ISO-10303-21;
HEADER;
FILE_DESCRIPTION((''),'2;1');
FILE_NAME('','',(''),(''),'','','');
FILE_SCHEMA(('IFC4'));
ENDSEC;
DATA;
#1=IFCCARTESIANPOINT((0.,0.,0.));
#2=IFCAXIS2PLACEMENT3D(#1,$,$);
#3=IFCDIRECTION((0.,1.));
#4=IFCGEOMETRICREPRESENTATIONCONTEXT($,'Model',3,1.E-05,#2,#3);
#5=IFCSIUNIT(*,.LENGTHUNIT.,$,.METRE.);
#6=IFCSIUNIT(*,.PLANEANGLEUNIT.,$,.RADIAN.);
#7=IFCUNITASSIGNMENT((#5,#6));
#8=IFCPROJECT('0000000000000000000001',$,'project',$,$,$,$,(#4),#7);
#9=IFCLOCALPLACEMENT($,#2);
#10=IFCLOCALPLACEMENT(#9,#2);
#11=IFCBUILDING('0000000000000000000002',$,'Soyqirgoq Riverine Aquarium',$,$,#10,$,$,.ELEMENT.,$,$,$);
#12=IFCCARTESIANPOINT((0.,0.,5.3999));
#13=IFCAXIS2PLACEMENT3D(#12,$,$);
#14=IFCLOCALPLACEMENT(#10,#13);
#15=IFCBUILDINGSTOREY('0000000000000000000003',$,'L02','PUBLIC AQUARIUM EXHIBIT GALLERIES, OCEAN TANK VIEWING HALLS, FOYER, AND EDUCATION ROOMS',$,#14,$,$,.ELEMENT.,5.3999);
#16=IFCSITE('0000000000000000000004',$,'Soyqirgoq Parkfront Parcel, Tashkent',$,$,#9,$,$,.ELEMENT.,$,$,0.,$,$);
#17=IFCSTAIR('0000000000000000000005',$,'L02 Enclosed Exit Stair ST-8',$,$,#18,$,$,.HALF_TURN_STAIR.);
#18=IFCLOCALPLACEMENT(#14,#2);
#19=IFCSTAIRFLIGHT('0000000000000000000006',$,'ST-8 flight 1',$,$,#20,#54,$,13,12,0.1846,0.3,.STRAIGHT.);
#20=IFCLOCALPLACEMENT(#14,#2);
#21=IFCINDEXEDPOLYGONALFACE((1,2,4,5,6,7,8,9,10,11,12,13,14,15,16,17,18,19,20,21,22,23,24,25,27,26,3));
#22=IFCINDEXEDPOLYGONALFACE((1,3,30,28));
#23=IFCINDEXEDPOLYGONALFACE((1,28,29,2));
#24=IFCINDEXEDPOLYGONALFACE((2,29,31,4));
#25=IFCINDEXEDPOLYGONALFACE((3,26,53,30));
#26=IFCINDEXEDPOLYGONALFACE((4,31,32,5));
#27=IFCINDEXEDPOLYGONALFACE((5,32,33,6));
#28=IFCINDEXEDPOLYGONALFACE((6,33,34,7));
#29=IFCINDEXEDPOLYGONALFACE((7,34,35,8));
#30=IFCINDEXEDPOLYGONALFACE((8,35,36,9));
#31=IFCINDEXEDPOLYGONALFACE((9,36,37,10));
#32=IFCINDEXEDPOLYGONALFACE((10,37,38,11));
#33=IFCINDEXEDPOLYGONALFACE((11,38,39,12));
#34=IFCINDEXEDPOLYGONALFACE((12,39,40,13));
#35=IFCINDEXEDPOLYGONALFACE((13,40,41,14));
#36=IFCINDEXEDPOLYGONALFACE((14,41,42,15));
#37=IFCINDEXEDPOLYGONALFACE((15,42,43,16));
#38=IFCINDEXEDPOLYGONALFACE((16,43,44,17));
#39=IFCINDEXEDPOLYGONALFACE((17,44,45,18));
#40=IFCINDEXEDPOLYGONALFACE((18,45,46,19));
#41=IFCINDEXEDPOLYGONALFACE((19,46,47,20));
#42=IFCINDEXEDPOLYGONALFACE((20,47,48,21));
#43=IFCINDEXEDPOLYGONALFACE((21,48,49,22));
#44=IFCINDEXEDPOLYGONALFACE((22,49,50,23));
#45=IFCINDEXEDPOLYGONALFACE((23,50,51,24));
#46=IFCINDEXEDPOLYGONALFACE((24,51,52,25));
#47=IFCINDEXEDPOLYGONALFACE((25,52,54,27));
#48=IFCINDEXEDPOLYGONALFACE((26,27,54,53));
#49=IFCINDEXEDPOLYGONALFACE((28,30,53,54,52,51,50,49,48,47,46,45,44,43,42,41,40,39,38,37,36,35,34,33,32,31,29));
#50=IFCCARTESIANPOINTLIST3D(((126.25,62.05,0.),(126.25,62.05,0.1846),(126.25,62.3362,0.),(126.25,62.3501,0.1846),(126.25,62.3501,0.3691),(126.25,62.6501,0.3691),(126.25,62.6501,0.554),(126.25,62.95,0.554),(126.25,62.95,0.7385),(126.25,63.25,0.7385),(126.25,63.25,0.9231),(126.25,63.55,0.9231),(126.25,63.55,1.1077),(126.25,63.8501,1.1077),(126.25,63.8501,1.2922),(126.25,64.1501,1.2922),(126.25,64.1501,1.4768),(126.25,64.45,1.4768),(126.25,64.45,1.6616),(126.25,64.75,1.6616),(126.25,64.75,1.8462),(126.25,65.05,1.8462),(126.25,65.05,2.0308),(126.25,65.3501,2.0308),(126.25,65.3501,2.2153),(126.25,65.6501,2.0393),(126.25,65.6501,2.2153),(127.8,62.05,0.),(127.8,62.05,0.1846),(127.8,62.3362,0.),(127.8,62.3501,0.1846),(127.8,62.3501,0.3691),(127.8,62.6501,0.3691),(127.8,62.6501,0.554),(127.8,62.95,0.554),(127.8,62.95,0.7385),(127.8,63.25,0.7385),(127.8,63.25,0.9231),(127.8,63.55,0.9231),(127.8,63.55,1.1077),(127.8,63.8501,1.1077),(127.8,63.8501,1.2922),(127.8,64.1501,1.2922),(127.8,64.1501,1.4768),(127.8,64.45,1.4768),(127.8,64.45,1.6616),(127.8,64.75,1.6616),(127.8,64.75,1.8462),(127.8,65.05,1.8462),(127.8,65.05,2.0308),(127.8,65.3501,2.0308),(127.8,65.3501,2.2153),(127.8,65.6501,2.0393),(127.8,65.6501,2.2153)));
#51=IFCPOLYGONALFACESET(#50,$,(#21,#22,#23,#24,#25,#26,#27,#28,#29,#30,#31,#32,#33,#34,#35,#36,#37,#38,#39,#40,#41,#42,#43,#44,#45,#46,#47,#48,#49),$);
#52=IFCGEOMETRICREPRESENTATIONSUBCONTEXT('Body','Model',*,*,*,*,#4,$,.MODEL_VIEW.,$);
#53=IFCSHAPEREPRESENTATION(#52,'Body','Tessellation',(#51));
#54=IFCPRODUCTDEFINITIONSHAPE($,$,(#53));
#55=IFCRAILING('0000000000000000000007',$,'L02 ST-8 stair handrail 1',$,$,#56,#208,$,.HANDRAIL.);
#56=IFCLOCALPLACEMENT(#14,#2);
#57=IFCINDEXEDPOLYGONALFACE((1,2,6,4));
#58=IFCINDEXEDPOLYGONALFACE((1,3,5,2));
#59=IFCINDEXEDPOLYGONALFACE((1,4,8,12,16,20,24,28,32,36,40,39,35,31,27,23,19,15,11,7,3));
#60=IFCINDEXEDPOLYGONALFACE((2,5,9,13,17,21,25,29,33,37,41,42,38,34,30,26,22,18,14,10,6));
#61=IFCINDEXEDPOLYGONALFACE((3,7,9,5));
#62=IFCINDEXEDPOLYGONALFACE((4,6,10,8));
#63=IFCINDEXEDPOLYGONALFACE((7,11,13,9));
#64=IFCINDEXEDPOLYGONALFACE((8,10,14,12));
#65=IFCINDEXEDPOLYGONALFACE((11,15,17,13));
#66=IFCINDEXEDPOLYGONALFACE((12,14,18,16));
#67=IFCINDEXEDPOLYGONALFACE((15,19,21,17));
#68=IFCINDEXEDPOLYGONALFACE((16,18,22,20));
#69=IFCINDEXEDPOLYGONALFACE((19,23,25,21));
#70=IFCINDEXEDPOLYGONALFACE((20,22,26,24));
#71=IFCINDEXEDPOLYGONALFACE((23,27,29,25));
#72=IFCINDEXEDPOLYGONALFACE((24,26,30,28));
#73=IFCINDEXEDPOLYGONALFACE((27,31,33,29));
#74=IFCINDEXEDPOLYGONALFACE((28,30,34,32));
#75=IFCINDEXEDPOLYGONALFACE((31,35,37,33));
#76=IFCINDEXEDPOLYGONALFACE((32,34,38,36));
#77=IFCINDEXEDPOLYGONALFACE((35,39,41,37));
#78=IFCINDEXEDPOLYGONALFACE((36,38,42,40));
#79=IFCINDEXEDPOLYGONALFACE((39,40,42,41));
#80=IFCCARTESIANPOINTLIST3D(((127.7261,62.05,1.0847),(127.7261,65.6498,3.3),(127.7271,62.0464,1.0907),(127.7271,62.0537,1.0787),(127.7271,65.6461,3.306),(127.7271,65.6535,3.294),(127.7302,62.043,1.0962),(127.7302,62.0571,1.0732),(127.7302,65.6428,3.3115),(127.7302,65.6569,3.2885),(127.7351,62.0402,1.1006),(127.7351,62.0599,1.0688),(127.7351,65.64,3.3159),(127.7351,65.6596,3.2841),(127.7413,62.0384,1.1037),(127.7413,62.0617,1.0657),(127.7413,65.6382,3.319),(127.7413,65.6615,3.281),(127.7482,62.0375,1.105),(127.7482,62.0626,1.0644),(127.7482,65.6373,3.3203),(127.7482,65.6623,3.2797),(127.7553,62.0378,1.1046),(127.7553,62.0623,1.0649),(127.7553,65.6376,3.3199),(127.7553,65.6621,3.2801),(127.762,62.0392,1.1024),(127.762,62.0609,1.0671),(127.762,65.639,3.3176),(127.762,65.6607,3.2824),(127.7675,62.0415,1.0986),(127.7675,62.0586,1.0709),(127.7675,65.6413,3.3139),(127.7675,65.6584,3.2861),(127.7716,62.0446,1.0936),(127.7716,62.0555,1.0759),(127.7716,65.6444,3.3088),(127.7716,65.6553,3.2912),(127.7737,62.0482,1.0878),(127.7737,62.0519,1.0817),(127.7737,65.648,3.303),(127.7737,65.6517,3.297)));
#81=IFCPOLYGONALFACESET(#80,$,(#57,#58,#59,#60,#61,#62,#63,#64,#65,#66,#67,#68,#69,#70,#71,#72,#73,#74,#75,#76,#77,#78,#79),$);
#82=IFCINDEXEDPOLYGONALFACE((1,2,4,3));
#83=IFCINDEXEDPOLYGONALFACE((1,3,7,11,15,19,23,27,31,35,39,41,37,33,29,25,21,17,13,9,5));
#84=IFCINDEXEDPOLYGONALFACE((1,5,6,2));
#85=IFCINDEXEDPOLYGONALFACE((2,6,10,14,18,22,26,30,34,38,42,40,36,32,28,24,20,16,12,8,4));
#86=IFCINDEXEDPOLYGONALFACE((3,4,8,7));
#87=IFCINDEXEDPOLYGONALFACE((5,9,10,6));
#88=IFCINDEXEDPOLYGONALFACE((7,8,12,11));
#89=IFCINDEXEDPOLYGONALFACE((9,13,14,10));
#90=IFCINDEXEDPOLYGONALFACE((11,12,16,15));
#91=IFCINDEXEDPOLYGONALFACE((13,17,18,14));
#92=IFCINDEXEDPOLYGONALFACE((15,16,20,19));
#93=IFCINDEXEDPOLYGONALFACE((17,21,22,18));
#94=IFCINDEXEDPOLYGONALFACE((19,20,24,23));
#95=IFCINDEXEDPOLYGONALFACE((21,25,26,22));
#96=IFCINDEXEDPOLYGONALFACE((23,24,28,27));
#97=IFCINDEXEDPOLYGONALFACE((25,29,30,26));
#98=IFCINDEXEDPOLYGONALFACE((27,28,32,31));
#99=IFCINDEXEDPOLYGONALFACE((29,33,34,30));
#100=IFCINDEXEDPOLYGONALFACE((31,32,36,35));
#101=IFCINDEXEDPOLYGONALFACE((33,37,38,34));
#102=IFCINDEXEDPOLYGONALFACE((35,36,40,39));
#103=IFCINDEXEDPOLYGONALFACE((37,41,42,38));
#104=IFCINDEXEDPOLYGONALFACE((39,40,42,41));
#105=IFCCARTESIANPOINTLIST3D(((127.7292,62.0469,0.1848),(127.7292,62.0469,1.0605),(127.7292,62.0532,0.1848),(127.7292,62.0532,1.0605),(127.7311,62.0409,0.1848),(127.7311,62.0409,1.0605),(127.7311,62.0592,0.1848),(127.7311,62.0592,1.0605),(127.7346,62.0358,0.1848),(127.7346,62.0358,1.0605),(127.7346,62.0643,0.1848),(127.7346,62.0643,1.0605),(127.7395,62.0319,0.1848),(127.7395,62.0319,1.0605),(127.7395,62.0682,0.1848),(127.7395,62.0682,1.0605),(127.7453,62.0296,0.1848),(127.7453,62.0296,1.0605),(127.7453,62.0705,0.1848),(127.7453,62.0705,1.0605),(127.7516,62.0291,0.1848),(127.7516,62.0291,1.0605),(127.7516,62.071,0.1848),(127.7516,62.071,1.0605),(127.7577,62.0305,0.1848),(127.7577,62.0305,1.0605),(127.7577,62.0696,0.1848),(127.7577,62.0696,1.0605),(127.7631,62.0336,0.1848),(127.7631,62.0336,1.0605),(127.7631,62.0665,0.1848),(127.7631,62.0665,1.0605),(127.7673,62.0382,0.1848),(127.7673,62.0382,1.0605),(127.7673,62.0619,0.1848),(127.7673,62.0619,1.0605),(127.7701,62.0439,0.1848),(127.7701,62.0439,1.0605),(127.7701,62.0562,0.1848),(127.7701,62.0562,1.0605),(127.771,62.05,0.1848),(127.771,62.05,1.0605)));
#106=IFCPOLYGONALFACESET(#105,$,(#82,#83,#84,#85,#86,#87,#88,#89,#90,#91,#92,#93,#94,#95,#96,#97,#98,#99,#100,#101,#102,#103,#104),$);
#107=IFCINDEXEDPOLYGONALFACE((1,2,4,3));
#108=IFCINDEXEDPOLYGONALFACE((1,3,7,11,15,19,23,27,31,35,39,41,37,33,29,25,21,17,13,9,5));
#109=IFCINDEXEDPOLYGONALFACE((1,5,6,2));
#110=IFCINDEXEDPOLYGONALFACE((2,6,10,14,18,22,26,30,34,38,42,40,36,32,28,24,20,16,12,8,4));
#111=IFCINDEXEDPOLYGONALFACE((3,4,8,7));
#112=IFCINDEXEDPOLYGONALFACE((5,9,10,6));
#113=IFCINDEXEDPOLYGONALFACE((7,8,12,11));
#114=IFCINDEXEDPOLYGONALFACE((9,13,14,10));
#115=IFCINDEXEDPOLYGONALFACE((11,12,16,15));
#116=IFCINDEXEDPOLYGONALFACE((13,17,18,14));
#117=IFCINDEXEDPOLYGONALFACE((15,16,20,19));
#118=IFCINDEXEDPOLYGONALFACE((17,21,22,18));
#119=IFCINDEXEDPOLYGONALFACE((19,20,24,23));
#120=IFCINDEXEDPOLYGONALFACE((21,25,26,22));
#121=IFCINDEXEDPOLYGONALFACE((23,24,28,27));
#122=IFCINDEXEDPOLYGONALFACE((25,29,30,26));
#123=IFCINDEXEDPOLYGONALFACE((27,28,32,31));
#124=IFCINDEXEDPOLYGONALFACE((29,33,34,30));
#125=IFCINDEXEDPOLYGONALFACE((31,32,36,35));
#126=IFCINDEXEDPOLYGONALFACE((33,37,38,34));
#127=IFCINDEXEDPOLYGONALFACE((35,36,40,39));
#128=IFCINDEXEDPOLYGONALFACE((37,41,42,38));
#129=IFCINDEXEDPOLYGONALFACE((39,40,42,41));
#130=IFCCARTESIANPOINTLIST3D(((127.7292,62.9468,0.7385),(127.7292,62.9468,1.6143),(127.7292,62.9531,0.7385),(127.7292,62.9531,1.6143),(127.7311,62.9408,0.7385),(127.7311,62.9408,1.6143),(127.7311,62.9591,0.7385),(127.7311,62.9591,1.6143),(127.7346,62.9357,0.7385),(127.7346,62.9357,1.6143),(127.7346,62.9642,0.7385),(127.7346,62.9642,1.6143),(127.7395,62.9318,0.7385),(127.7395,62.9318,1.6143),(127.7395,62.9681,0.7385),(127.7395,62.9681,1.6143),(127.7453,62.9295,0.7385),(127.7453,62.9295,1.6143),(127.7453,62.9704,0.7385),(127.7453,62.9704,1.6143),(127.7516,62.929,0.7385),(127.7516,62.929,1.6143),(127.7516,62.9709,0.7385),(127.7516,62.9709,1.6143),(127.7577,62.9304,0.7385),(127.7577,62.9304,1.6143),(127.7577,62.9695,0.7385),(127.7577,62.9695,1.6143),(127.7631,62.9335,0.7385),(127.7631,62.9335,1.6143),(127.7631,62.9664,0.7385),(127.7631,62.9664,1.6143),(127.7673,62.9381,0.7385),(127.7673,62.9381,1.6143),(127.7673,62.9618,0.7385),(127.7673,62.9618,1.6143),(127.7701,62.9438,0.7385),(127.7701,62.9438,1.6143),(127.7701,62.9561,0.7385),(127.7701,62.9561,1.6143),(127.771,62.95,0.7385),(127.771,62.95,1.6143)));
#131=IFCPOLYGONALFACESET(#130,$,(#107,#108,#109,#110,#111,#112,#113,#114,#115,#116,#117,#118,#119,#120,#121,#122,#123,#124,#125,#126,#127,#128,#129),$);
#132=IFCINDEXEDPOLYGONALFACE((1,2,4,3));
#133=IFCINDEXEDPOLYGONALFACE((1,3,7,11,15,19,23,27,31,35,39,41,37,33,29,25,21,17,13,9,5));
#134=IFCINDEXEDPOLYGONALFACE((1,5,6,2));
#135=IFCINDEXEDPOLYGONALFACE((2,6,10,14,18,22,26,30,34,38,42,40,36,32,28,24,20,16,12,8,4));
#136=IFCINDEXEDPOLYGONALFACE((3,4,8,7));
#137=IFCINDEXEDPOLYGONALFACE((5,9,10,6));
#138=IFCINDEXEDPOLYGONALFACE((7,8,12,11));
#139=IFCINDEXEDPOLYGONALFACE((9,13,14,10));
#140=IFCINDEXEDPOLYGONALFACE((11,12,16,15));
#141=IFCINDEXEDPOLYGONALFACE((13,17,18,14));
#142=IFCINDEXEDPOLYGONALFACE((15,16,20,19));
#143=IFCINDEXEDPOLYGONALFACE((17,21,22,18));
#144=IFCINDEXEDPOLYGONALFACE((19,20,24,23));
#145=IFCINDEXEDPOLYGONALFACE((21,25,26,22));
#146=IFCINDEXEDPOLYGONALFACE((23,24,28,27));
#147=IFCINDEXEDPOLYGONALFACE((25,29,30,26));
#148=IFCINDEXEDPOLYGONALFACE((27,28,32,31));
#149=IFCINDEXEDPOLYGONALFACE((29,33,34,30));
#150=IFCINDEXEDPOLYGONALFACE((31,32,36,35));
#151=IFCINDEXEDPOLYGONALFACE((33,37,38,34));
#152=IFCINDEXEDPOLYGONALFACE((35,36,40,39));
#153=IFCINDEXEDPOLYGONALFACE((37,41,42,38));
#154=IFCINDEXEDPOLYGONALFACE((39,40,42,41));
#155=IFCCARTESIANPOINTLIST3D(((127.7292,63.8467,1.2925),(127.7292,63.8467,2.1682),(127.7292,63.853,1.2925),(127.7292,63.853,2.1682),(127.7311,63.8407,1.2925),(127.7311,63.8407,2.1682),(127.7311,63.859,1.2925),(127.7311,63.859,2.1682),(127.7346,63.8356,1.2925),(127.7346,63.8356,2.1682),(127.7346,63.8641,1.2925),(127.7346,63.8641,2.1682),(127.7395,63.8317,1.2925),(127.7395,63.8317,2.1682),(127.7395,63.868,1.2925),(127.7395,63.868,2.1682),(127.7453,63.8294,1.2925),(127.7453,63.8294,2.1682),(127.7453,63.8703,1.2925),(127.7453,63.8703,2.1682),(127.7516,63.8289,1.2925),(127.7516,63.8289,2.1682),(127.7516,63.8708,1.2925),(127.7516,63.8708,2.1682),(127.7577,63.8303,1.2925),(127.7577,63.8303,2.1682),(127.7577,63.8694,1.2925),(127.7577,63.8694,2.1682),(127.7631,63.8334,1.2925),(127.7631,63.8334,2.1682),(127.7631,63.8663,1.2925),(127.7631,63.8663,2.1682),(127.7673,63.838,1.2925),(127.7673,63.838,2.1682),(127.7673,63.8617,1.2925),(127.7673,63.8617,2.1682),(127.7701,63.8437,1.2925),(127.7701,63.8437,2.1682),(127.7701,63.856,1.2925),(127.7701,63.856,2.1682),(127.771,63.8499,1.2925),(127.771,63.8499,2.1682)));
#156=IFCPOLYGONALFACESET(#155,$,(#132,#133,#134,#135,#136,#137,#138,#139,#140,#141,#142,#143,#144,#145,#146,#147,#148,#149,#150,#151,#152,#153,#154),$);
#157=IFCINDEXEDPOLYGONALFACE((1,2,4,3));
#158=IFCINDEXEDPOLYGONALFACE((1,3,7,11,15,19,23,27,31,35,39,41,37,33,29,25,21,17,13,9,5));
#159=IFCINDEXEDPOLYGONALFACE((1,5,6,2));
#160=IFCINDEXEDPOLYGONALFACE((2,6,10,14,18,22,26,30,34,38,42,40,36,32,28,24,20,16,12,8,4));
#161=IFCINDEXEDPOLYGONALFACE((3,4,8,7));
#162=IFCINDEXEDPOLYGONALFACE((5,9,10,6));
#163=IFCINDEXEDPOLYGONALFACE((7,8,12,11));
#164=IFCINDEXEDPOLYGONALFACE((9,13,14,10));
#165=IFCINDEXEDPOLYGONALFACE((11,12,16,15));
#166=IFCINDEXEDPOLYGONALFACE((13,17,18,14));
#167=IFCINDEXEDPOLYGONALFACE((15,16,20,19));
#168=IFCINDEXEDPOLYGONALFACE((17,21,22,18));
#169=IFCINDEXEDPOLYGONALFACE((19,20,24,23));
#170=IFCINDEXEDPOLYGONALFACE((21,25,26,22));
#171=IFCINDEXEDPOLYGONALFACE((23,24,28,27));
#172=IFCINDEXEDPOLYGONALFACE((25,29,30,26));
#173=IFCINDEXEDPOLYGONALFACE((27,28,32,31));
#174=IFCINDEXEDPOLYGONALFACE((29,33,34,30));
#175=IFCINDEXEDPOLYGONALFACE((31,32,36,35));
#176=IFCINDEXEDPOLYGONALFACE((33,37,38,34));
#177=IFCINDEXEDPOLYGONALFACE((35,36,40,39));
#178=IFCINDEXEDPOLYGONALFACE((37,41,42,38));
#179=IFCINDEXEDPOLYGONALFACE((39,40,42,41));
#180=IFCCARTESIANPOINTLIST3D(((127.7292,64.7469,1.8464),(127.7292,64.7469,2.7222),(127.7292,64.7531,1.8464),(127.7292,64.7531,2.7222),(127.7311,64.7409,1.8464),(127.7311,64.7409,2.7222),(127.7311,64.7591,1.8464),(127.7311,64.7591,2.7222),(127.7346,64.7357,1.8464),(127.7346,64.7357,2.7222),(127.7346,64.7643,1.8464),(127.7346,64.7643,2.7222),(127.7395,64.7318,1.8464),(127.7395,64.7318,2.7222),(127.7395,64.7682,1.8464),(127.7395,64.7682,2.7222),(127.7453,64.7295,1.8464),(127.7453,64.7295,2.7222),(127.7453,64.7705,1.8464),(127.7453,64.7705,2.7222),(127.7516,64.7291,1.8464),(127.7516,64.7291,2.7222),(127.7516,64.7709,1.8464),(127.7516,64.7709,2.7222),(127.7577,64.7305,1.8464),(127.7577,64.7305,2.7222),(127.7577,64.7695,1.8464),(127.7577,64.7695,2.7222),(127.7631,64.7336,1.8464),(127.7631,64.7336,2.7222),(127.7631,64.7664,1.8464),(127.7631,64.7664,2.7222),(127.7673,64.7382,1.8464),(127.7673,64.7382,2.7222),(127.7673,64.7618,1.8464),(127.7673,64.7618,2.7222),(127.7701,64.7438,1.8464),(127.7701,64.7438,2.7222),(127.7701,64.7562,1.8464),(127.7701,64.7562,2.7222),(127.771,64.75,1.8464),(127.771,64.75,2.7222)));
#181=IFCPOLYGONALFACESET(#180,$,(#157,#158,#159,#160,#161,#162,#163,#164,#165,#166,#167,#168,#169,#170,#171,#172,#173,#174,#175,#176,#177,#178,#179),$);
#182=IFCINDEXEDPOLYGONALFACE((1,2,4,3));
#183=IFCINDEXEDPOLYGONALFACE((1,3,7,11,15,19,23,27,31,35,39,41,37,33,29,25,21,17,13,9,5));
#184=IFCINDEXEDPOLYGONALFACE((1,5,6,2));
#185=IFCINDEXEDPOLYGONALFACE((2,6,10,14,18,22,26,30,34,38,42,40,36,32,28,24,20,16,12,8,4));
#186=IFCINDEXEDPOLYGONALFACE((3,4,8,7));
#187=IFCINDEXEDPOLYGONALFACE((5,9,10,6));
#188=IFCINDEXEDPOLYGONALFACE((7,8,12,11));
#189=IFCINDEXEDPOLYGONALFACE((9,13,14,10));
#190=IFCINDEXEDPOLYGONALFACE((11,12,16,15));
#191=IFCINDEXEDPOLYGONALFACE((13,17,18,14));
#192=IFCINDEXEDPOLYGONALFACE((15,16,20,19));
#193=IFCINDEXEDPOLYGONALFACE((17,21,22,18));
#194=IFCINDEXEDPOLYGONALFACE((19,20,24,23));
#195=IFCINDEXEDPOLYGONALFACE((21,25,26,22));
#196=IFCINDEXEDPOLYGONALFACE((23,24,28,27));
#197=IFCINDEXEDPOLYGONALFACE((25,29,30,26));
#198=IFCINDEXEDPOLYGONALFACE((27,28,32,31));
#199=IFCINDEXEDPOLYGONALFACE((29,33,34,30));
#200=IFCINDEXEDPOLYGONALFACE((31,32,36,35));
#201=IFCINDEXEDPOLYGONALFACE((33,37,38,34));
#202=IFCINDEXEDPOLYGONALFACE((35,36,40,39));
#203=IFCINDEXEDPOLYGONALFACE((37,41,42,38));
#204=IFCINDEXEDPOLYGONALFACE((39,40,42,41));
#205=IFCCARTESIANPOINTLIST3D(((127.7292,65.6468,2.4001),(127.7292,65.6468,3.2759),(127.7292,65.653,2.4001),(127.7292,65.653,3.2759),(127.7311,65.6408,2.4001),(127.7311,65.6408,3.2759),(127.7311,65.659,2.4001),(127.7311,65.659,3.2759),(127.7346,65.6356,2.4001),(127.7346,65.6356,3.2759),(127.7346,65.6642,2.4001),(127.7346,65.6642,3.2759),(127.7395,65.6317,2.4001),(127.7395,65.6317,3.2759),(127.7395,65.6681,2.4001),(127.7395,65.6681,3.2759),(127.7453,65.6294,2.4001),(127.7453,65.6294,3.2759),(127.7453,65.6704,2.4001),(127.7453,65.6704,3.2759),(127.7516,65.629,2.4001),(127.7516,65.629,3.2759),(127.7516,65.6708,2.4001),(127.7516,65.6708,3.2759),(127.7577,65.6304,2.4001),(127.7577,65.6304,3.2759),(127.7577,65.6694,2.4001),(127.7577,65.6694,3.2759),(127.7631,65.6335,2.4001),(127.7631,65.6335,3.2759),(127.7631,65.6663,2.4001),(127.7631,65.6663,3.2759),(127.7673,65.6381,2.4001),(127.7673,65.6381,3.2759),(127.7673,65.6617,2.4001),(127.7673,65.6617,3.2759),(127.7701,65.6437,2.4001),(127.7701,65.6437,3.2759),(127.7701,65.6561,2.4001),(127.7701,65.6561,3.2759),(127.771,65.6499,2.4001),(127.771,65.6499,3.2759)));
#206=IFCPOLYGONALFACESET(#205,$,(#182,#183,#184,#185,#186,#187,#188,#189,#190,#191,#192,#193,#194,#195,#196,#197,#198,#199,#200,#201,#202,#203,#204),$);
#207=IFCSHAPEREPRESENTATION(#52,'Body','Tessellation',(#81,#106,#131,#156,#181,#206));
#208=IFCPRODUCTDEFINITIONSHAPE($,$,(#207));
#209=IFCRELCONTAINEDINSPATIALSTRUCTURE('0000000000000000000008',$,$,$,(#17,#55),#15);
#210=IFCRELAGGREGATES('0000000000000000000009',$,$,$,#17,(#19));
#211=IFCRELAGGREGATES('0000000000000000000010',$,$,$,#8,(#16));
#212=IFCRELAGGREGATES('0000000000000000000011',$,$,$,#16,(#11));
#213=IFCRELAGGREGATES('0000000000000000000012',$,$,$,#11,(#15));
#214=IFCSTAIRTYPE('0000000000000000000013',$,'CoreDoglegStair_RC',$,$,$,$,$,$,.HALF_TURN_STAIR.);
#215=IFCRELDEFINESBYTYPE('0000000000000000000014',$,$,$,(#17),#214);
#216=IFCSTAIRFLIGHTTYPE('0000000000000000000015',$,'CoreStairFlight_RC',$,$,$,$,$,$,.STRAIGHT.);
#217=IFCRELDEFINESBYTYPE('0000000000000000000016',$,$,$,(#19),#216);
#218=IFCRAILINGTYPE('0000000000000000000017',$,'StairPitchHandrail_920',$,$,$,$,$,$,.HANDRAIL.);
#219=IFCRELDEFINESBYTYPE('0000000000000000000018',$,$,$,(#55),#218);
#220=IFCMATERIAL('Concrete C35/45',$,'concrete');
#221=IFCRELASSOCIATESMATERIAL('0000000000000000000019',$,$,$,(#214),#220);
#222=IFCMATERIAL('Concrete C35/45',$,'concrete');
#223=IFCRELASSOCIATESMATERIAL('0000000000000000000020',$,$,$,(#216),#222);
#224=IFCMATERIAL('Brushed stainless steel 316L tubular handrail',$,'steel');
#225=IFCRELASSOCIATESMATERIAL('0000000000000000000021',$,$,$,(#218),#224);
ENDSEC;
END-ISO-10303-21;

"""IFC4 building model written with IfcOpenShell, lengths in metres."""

from ifc_helpers import new_model, si_unit, direction, frame, origin, origin_2d, place, context, subcontext, project, spatial, polyline, circle, outline, extrude, material, type_object, element, aggregate, save


model = new_model("IFC4")

# Units and contexts
model_context = context("Model", 3, precision=1e-05, world=origin(), true_north=direction((0.0, 1.0)))
body_context = subcontext(model_context, "Body", "Model", "MODEL_VIEW")
ifc_project = project(units=[si_unit("LENGTHUNIT", "METRE"), si_unit("PLANEANGLEUNIT", "RADIAN")], contexts=[model_context])

# Site, building, storey
site_placement = place(None, origin())
site = spatial("IfcSite", under=ifc_project, at=site_placement, Name="Soyqirgoq Parkfront Parcel, Tashkent", CompositionType="ELEMENT", RefElevation=0.0)
building_placement = place(site_placement, origin())
building = spatial("IfcBuilding", under=site, at=building_placement, Name="Soyqirgoq Riverine Aquarium", CompositionType="ELEMENT")
storey_placement = place(building_placement, frame((0.0, 0.0, 5.3999)))
storey = spatial("IfcBuildingStorey", under=building, at=storey_placement, Name="L02", Description="PUBLIC AQUARIUM EXHIBIT GALLERIES, OCEAN TANK VIEWING HALLS, FOYER, AND EDUCATION ROOMS", CompositionType="ELEMENT", Elevation=5.3999)

# Stair, stair flight
ifc_material_1 = material(Name="Concrete C35/45", Category="concrete")
stair_type = type_object("IfcStairType", Name="CoreDoglegStair_RC", PredefinedType="HALF_TURN_STAIR", material=ifc_material_1)
stair_placement = place(storey_placement, origin())
stair = element("IfcStair", 1, at=stair_placement, inside=storey, type_object=stair_type, Name="L02 Enclosed Exit Stair ST-8", PredefinedType="HALF_TURN_STAIR")
ifc_material_2 = material(Name="Concrete C35/45", Category="concrete")
stair_flight_type = type_object("IfcStairFlightType", Name="CoreStairFlight_RC", PredefinedType="STRAIGHT", material=ifc_material_2)
stair_flight_placement = place(storey_placement, frame((127.0249, 62.05, 0.0), z_axis=(0.0, 0.0, 1.0), x_axis=(0.0, 1.0, 0.0)))
stair_flight = element("IfcStairFlight", 2, at=stair_flight_placement, type_object=stair_flight_type, Name="ST-8 flight 1", NumberOfRisers=13, NumberOfTreads=12, PredefinedType="STRAIGHT", RiserHeight=0.1846, TreadLength=0.3, context=body_context, shape_type="SweptSolid", body=[
    extrude(outline(polyline([(0.0, 0.0), (0.0, 0.1846), (0.3, 0.1846), (0.3, 0.3691), (0.6001, 0.3691), (0.6001, 0.554), (0.8999, 0.554), (0.8999, 0.7385), (1.2, 0.7385), (1.2, 0.9231), (1.5, 0.9231), (1.5, 1.1077), (1.8, 1.1077), (1.8, 1.2922), (2.1001, 1.2922), (2.1001, 1.4768), (2.3999, 1.4768), (2.3999, 1.6616), (2.7, 1.6616), (2.7, 1.8462), (3.0, 1.8462), (3.0, 2.0308), (3.3, 2.0308), (3.3, 2.2153), (3.6001, 2.2153), (3.6001, 2.3999), (3.6001, 2.0393), (0.2861, 0.0), (0.0, 0.0)])), frame((0.0, 0.7749, 0.0), z_axis=(0.0, -1.0, 0.0), x_axis=(1.0, 0.0, 0.0)), (0.0, 0.0, 1.0), 1.55),
])
aggregate(stair, [stair_flight])

# Railing
ifc_material_3 = material(Name="Brushed stainless steel 316L tubular handrail", Category="steel")
railing_type_1 = type_object("IfcRailingType", Name="StairPitchHandrail_920", PredefinedType="HANDRAIL", material=ifc_material_3)
railing_1_placement = place(storey_placement, frame((127.75, 62.05, 0.1848)))
element("IfcRailing", 3, at=railing_1_placement, inside=storey, type_object=railing_type_1, Name="L02 ST-8 stair handrail 1", PredefinedType="HANDRAIL", context=body_context, shape_type="SweptSolid", body=[
    extrude(circle(Radius=0.0239, at=origin_2d()), frame((0.0, 0.0, 0.8999), z_axis=(0.0, 0.851654, 0.524104), x_axis=(-1.0, 0.0, 0.0)), (0.0, 0.0, 1.0), 4.2268),
    extrude(circle(Radius=0.021, at=origin_2d()), origin(), (0.0, 0.0, 1.0), 0.8757),
    extrude(circle(Radius=0.021, at=origin_2d()), frame((0.0, 0.8999, 0.5537)), (0.0, 0.0, 1.0), 0.8757),
    extrude(circle(Radius=0.021, at=origin_2d()), frame((0.0, 1.7998, 1.1077)), (0.0, 0.0, 1.0), 0.8757),
    extrude(circle(Radius=0.021, at=origin_2d()), frame((0.0, 2.7, 1.6616)), (0.0, 0.0, 1.0), 0.8757),
    extrude(circle(Radius=0.021, at=origin_2d()), frame((0.0, 3.5999, 2.2153)), (0.0, 0.0, 1.0), 0.8757),
])

save(model, "model.ifc")
